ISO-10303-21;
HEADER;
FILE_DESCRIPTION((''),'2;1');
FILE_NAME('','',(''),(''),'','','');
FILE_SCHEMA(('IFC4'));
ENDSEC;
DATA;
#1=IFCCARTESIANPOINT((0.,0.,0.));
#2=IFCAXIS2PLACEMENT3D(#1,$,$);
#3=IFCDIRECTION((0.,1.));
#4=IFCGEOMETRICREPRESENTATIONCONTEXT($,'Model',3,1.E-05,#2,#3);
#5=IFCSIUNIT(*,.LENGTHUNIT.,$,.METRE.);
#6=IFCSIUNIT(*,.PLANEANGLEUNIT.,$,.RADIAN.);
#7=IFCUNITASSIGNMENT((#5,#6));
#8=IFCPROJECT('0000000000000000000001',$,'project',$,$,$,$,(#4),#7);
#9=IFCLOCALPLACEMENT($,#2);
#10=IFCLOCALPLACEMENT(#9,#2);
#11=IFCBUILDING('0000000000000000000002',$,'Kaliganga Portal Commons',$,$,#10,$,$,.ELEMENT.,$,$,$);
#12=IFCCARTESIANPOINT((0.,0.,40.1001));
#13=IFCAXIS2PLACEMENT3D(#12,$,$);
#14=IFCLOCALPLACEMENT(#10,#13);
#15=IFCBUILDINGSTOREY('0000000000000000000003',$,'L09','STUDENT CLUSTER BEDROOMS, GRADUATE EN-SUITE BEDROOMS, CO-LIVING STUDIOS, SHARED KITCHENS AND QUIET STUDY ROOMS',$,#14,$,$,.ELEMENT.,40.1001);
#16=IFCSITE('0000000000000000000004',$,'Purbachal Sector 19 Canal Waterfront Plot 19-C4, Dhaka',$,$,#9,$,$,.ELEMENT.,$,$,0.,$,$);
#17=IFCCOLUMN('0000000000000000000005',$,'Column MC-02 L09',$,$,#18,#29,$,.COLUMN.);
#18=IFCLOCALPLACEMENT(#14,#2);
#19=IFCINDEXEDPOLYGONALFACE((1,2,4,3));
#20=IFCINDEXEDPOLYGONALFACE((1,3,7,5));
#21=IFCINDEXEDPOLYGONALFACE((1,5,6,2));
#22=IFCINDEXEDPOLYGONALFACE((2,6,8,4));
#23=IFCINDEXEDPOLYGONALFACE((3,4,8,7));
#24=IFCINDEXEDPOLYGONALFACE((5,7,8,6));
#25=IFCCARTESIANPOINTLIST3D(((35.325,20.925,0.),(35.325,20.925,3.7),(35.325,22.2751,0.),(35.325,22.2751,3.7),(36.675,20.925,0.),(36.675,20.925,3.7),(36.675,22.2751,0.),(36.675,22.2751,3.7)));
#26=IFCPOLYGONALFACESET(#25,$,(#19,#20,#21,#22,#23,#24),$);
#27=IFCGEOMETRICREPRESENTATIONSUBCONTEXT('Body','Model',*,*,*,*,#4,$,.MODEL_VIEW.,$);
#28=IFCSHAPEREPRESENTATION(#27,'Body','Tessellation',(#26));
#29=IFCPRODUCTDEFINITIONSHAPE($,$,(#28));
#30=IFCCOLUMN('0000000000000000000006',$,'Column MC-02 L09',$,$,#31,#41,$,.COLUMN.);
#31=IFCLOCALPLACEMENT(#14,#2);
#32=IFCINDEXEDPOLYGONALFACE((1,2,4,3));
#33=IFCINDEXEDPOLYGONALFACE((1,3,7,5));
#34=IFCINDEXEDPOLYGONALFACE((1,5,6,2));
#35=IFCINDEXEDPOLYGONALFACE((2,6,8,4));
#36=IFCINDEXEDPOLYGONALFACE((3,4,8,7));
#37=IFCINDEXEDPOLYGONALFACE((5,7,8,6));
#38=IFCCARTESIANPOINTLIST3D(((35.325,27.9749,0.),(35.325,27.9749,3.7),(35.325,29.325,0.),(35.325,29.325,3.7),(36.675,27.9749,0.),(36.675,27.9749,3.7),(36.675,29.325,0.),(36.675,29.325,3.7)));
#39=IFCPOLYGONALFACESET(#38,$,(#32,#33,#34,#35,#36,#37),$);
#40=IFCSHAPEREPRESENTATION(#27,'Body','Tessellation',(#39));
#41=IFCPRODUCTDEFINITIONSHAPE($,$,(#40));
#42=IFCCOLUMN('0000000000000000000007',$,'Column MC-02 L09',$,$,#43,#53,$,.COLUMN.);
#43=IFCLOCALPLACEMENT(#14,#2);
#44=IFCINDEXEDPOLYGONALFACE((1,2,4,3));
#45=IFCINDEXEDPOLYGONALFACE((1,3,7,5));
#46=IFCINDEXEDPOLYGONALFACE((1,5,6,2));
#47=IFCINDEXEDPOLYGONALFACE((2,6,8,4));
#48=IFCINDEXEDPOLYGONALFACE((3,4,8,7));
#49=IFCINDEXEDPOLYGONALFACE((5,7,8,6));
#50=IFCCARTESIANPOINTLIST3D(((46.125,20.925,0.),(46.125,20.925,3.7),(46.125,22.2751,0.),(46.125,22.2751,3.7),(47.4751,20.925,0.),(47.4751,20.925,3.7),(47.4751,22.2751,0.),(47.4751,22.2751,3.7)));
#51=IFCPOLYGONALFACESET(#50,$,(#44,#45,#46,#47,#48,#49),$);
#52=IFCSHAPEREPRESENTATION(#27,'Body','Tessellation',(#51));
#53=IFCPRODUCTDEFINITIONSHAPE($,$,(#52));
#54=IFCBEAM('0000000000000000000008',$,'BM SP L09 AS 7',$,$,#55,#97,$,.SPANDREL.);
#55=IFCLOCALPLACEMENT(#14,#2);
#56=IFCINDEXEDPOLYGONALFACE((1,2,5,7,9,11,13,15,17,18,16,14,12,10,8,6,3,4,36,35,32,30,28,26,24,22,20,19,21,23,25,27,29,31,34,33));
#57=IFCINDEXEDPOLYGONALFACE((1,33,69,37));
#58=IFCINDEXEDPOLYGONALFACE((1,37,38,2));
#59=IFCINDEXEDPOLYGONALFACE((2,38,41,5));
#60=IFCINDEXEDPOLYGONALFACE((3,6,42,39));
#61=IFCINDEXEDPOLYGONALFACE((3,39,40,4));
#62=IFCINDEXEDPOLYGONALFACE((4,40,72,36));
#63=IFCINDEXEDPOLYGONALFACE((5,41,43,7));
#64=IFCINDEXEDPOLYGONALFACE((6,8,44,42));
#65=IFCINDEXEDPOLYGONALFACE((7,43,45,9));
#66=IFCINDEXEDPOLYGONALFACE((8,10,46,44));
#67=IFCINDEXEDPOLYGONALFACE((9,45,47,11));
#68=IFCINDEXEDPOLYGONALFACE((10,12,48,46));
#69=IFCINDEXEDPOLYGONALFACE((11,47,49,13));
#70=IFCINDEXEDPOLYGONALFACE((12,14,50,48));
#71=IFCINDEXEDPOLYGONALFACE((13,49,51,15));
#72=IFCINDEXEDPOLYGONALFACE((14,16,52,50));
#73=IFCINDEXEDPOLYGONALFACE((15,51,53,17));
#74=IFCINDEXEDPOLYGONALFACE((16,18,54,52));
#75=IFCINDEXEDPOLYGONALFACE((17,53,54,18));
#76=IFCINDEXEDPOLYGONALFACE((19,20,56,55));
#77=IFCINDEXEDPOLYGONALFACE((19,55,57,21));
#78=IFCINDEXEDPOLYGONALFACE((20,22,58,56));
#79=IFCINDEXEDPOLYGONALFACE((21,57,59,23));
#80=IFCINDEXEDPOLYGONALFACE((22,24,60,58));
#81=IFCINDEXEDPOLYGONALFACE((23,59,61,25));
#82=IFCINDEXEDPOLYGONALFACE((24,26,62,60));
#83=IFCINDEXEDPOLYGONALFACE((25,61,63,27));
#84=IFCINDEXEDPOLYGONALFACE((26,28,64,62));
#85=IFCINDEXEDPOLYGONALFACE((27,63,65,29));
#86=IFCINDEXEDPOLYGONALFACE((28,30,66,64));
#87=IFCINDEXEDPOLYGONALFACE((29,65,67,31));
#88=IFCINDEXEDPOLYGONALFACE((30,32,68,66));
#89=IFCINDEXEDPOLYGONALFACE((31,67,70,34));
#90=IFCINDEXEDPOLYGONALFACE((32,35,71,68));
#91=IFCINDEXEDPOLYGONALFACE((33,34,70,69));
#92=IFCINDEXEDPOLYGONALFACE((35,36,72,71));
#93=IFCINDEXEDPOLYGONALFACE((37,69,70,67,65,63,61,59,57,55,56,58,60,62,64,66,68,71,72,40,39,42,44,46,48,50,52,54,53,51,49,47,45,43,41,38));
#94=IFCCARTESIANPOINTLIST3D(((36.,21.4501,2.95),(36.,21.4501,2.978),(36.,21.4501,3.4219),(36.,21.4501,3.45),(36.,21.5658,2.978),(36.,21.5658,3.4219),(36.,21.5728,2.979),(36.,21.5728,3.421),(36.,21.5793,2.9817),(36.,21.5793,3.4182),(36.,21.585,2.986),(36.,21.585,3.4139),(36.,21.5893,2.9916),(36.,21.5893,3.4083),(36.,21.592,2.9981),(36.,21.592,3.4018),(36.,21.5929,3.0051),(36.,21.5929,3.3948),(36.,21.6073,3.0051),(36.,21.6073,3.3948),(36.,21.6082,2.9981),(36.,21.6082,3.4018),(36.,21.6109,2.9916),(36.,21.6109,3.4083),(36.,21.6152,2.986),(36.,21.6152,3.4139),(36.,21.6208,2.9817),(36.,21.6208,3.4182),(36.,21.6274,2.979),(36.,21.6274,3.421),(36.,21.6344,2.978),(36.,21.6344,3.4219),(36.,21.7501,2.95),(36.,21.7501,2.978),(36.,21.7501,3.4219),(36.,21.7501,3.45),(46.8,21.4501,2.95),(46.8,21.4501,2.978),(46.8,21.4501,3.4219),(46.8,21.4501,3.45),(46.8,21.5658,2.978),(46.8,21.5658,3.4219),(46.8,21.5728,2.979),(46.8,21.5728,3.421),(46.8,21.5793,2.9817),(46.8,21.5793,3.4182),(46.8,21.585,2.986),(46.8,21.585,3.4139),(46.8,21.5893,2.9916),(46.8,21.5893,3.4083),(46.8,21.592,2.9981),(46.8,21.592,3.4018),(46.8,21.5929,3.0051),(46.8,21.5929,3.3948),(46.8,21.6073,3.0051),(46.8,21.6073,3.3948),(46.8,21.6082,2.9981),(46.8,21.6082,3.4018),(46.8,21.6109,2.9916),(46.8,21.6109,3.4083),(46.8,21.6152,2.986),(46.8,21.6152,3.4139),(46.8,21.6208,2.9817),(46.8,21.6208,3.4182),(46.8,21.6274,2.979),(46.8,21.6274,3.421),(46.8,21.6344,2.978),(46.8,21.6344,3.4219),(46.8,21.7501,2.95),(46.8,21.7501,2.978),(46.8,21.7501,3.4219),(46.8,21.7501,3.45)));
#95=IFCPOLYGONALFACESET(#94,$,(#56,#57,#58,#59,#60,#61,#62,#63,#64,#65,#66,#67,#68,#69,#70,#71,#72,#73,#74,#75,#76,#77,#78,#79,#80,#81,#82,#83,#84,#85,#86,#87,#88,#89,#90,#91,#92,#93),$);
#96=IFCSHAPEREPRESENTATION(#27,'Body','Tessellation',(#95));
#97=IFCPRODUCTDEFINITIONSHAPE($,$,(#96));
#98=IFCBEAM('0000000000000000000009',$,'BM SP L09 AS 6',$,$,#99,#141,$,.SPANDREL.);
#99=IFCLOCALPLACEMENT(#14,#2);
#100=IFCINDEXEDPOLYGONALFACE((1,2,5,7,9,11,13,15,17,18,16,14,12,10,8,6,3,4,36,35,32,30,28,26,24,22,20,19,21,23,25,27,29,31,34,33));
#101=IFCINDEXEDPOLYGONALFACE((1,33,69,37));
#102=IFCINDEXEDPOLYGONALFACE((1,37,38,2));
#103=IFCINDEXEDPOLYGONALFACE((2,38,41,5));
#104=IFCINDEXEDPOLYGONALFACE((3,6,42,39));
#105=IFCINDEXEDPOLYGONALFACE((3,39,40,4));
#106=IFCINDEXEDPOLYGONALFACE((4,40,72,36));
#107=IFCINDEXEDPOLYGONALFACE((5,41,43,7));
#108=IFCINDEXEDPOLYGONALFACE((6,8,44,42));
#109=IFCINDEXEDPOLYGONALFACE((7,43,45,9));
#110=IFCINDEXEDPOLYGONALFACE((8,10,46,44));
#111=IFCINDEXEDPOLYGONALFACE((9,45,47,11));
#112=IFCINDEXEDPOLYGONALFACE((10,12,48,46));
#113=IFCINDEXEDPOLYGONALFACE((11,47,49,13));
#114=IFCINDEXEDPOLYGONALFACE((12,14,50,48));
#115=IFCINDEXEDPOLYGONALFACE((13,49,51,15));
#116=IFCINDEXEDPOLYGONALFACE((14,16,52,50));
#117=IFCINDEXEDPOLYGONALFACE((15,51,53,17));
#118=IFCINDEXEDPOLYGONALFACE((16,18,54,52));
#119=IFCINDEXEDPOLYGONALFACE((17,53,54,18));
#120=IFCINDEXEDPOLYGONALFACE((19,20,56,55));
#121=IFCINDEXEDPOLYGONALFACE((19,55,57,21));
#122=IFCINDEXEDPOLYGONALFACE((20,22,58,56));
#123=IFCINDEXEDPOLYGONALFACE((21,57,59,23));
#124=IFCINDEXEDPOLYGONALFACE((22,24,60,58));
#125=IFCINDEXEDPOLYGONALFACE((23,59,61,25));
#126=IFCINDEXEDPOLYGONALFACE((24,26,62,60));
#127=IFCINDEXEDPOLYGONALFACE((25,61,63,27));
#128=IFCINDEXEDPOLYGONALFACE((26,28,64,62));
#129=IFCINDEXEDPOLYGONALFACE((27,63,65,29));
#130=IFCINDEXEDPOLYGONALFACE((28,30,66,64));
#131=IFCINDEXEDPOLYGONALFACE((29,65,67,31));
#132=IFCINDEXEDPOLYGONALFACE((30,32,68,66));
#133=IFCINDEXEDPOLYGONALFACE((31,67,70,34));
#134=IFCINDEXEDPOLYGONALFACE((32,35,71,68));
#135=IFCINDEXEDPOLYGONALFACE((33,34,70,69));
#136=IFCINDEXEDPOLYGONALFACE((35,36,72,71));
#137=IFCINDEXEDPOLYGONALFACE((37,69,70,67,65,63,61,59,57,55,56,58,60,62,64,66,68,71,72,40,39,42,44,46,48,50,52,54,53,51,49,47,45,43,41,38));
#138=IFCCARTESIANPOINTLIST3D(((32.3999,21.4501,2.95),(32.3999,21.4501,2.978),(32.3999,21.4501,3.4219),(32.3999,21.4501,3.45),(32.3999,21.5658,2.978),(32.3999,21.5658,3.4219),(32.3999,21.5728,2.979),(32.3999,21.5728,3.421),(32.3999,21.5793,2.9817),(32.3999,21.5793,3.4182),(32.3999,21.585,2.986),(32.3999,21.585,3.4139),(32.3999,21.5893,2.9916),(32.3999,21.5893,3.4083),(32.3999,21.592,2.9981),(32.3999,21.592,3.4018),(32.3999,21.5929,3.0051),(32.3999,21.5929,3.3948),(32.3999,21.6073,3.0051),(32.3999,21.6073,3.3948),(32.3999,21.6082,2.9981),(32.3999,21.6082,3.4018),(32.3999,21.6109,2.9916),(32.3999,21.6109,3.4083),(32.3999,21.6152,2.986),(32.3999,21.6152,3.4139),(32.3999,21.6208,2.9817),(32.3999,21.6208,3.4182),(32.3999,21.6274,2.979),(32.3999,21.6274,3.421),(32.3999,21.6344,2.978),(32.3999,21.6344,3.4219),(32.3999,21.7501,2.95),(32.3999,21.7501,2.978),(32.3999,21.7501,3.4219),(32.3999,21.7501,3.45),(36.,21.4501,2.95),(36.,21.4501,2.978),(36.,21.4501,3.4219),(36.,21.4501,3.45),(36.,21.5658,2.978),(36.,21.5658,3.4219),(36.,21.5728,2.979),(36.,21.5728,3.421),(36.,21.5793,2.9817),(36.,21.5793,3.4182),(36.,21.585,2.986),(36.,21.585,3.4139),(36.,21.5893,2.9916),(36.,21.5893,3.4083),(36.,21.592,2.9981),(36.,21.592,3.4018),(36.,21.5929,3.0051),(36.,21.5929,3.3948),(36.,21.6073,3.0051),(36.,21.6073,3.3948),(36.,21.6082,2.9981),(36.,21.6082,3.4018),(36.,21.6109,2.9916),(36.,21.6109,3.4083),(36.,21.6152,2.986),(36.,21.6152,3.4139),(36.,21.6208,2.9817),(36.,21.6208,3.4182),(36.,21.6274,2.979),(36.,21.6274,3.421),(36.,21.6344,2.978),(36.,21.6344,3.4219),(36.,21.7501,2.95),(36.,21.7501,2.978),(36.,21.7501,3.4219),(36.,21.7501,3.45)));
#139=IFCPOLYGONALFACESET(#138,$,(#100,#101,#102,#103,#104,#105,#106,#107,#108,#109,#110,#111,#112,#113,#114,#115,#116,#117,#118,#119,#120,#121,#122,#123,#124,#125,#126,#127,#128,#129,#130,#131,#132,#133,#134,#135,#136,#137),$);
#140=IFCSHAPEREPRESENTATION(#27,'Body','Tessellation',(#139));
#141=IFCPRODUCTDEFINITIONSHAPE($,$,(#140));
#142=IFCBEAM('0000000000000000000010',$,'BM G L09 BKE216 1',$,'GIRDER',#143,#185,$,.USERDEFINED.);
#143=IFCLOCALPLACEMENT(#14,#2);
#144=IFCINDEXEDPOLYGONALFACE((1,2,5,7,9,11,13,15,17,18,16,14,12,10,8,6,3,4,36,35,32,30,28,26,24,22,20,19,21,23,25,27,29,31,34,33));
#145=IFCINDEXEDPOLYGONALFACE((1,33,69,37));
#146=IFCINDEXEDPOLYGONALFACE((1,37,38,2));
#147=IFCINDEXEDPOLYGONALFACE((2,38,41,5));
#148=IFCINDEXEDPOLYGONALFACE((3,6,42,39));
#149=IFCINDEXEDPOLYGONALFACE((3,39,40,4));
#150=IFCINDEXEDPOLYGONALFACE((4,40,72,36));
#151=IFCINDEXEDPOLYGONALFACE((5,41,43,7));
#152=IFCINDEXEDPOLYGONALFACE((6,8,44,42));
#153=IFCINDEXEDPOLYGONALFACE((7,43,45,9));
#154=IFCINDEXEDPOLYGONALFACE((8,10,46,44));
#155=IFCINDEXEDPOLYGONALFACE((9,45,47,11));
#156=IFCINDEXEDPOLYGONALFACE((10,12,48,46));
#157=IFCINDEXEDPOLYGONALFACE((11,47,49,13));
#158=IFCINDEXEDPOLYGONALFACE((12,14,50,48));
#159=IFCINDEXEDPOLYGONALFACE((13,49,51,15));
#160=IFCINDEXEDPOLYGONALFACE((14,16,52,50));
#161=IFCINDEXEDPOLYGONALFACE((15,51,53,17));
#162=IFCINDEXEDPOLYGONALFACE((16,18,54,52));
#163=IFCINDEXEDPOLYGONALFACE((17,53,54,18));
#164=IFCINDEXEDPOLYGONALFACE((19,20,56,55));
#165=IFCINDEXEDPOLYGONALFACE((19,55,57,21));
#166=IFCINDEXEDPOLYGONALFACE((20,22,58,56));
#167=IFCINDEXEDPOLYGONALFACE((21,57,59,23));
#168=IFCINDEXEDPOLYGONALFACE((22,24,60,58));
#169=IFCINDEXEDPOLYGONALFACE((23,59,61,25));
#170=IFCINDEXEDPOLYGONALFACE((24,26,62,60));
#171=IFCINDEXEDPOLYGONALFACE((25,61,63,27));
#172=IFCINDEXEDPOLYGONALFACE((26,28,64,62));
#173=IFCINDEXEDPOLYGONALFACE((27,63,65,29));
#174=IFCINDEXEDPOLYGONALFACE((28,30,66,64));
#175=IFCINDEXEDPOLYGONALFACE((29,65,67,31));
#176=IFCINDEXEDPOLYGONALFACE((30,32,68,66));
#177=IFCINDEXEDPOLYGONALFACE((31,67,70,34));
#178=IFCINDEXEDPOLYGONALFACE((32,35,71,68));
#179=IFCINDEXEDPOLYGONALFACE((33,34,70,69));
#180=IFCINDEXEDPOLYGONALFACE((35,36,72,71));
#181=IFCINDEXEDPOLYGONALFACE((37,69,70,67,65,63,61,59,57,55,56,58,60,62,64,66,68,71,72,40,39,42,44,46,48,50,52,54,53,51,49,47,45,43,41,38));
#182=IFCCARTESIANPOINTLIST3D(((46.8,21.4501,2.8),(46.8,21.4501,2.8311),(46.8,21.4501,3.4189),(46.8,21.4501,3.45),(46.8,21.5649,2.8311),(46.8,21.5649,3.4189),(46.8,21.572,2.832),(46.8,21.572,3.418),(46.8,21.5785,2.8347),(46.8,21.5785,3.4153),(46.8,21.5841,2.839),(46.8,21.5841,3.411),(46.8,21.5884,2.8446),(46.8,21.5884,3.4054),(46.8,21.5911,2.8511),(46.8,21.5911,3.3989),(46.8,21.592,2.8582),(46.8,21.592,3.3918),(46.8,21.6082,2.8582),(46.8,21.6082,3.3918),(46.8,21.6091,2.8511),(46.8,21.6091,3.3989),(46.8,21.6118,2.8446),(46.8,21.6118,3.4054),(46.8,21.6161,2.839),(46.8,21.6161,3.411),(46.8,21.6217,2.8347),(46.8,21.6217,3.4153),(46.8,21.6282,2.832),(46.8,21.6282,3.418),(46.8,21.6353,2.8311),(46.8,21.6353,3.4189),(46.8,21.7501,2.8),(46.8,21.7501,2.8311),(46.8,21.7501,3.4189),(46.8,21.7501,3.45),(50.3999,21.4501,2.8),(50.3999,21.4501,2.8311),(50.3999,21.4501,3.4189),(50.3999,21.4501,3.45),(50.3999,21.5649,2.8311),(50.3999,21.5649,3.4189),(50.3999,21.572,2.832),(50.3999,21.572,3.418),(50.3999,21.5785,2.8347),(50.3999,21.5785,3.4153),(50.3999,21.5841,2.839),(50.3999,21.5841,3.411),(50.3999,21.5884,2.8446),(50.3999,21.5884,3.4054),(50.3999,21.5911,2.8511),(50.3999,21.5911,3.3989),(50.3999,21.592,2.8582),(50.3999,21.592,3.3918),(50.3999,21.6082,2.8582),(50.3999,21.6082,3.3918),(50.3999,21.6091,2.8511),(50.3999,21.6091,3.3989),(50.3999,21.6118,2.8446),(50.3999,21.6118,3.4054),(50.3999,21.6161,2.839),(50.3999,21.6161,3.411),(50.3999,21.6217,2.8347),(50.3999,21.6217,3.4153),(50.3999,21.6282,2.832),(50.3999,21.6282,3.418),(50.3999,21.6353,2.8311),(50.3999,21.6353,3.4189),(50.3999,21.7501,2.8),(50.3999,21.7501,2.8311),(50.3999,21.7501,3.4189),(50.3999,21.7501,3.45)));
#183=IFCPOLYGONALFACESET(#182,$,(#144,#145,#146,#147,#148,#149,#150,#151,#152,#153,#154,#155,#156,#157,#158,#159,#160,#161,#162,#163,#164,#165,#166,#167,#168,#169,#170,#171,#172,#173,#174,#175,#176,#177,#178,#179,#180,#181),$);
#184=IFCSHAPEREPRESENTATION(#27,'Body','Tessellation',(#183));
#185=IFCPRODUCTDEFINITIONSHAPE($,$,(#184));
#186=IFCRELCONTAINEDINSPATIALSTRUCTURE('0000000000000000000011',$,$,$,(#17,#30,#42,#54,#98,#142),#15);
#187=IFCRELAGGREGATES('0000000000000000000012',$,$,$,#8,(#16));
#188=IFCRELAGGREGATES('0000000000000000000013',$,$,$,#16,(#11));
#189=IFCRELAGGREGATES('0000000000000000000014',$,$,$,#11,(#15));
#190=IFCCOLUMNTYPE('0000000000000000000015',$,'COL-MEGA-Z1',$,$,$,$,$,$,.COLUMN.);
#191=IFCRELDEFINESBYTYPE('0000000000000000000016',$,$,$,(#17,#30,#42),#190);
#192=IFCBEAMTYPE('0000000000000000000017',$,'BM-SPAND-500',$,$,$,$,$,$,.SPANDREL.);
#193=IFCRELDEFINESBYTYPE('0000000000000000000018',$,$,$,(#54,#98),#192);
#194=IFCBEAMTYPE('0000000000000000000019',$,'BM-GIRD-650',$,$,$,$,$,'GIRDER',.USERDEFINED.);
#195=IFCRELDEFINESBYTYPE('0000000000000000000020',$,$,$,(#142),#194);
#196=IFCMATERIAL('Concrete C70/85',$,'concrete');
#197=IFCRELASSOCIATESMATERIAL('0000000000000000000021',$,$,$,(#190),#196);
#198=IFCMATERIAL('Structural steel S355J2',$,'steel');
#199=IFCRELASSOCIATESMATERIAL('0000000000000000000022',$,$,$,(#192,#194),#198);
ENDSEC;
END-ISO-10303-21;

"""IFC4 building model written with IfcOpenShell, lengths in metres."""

from ifc_helpers import new_model, si_unit, direction, frame, origin, origin_2d, place, context, subcontext, project, spatial, rectangle, i_section, extrude, source, transform, mapped, material, material_profile, profile_set, type_object, element, save


model = new_model("IFC4")

# Units and contexts
model_context = context("Model", 3, precision=1e-05, world=origin(), true_north=direction((0.0, 1.0)))
body_context = subcontext(model_context, "Body", "Model", "MODEL_VIEW")
ifc_project = project(units=[si_unit("LENGTHUNIT", "METRE"), si_unit("PLANEANGLEUNIT", "RADIAN")], contexts=[model_context])

# Site, building, storey
site_placement = place(None, origin())
site = spatial("IfcSite", under=ifc_project, at=site_placement, Name="Purbachal Sector 19 Canal Waterfront Plot 19-C4, Dhaka", CompositionType="ELEMENT", RefElevation=0.0)
building_placement = place(site_placement, origin())
building = spatial("IfcBuilding", under=site, at=building_placement, Name="Kaliganga Portal Commons", CompositionType="ELEMENT")
storey_placement = place(building_placement, frame((0.0, 0.0, 40.1001)))
storey = spatial("IfcBuildingStorey", under=building, at=storey_placement, Name="L09", Description="STUDENT CLUSTER BEDROOMS, GRADUATE EN-SUITE BEDROOMS, CO-LIVING STUDIOS, SHARED KITCHENS AND QUIET STUDY ROOMS", CompositionType="ELEMENT", Elevation=40.1001)

# Columns
ifc_material_1 = material(Name="Concrete C70/85", Category="concrete")
ifc_material_profile_1 = material_profile(ifc_material_1, rectangle(XDim=1.3501, YDim=1.3501, at=origin_2d()), Name="RC 1350x1350")
ifc_profile_set_1 = profile_set([ifc_material_profile_1], Name="Concrete C70/85")
column_type = type_object("IfcColumnType", Name="COL-MEGA-Z1", PredefinedType="COLUMN", material=ifc_profile_set_1)
shared_shape_1 = source(origin(), body_context, "Body", "SweptSolid", [
    extrude(rectangle(XDim=1.3501, YDim=1.3501, at=origin_2d()), origin(), (0.0, 0.0, 1.0), 3.7),
])
for number, where, z_axis, x_axis, name in (
    (1, (36.0, 21.6001, 0.0), (0.0, 0.0, 1.0), (1.0, 0.0, 0.0), "Column MC-02 L09"),
    (2, (36.0, 28.6499, 0.0), (0.0, 0.0, 1.0), (1.0, 0.0, 0.0), "Column MC-02 L09"),
    (3, (46.8, 21.6001, 0.0), (0.0, 0.0, 1.0), (1.0, 0.0, 0.0), "Column MC-02 L09"),
):
    element("IfcColumn", number, at=place(storey_placement, frame(where, z_axis=z_axis, x_axis=x_axis)), inside=storey, type_object=column_type, Name=name, PredefinedType="COLUMN", context=body_context, shape_type="MappedRepresentation", body=[
        mapped(shared_shape_1, transform((0.0, 0.0, 0.0), x_axis=(1.0, 0.0, 0.0), y_axis=(0.0, 1.0, 0.0), z_axis=(0.0, 0.0, 1.0), scale=1.0)),
    ])

# Beams
ifc_material_2 = material(Name="Structural steel S355J2", Category="steel")
ifc_material_profile_2 = material_profile(ifc_material_2, i_section(OverallWidth=0.3, OverallDepth=0.5, WebThickness=0.0144, FlangeThickness=0.0281, FilletRadius=0.0271, at=origin_2d()), Name="HE 500 B")
ifc_profile_set_2 = profile_set([ifc_material_profile_2], Name="Structural steel S355J2 wide-flange")
beam_type_1 = type_object("IfcBeamType", Name="BM-SPAND-500", PredefinedType="SPANDREL", material=ifc_profile_set_2)
shared_shape_2 = source(origin(), body_context, "Body", "SweptSolid", [
    extrude(i_section(OverallWidth=0.3, OverallDepth=0.5, WebThickness=0.0144, FlangeThickness=0.0281, FilletRadius=0.0271, at=origin_2d()), origin(), (0.0, 0.0, 1.0), 10.8),
])
beam_1_placement = place(storey_placement, frame((36.0, 21.6001, 3.2), z_axis=(1.0, 0.0, 0.0), x_axis=(0.0, 1.0, 0.0)))
element("IfcBeam", 4, at=beam_1_placement, inside=storey, type_object=beam_type_1, Name="BM SP L09 AS 7", PredefinedType="SPANDREL", context=body_context, shape_type="MappedRepresentation", body=[
    mapped(shared_shape_2, transform((0.0, 0.0, 0.0), x_axis=(1.0, 0.0, 0.0), y_axis=(0.0, 1.0, 0.0), z_axis=(0.0, 0.0, 1.0), scale=1.0)),
])
shared_shape_3 = source(origin(), body_context, "Body", "SweptSolid", [
    extrude(i_section(OverallWidth=0.3, OverallDepth=0.5, WebThickness=0.0144, FlangeThickness=0.0281, FilletRadius=0.0271, at=origin_2d()), origin(), (0.0, 0.0, 1.0), 3.6001),
])
beam_2_placement = place(storey_placement, frame((32.3999, 21.6001, 3.2), z_axis=(1.0, 0.0, 0.0), x_axis=(0.0, 1.0, 0.0)))
element("IfcBeam", 5, at=beam_2_placement, inside=storey, type_object=beam_type_1, Name="BM SP L09 AS 6", PredefinedType="SPANDREL", context=body_context, shape_type="MappedRepresentation", body=[
    mapped(shared_shape_3, transform((0.0, 0.0, 0.0), x_axis=(1.0, 0.0, 0.0), y_axis=(0.0, 1.0, 0.0), z_axis=(0.0, 0.0, 1.0), scale=1.0)),
])
ifc_material_profile_3 = material_profile(ifc_material_2, i_section(OverallWidth=0.3, OverallDepth=0.6499, WebThickness=0.0161, FlangeThickness=0.031, FilletRadius=0.0271, at=origin_2d()), Name="HE 650 B")
ifc_profile_set_3 = profile_set([ifc_material_profile_3], Name="Structural steel S355J2 wide-flange")
beam_type_2 = type_object("IfcBeamType", Name="BM-GIRD-650", ElementType="GIRDER", PredefinedType="USERDEFINED", material=ifc_profile_set_3)
shared_shape_4 = source(origin(), body_context, "Body", "SweptSolid", [
    extrude(i_section(OverallWidth=0.3, OverallDepth=0.6499, WebThickness=0.0161, FlangeThickness=0.031, FilletRadius=0.0271, at=origin_2d()), origin(), (0.0, 0.0, 1.0), 3.5999),
])
beam_3_placement = place(storey_placement, frame((46.8, 21.6001, 3.125), z_axis=(1.0, 0.0, 0.0), x_axis=(0.0, 1.0, 0.0)))
element("IfcBeam", 6, at=beam_3_placement, inside=storey, type_object=beam_type_2, Name="BM G L09 BKE216 1", ObjectType="GIRDER", PredefinedType="USERDEFINED", context=body_context, shape_type="MappedRepresentation", body=[
    mapped(shared_shape_4, transform((0.0, 0.0, 0.0), x_axis=(1.0, 0.0, 0.0), y_axis=(0.0, 1.0, 0.0), z_axis=(0.0, 0.0, 1.0), scale=1.0)),
])

save(model, "model.ifc")
